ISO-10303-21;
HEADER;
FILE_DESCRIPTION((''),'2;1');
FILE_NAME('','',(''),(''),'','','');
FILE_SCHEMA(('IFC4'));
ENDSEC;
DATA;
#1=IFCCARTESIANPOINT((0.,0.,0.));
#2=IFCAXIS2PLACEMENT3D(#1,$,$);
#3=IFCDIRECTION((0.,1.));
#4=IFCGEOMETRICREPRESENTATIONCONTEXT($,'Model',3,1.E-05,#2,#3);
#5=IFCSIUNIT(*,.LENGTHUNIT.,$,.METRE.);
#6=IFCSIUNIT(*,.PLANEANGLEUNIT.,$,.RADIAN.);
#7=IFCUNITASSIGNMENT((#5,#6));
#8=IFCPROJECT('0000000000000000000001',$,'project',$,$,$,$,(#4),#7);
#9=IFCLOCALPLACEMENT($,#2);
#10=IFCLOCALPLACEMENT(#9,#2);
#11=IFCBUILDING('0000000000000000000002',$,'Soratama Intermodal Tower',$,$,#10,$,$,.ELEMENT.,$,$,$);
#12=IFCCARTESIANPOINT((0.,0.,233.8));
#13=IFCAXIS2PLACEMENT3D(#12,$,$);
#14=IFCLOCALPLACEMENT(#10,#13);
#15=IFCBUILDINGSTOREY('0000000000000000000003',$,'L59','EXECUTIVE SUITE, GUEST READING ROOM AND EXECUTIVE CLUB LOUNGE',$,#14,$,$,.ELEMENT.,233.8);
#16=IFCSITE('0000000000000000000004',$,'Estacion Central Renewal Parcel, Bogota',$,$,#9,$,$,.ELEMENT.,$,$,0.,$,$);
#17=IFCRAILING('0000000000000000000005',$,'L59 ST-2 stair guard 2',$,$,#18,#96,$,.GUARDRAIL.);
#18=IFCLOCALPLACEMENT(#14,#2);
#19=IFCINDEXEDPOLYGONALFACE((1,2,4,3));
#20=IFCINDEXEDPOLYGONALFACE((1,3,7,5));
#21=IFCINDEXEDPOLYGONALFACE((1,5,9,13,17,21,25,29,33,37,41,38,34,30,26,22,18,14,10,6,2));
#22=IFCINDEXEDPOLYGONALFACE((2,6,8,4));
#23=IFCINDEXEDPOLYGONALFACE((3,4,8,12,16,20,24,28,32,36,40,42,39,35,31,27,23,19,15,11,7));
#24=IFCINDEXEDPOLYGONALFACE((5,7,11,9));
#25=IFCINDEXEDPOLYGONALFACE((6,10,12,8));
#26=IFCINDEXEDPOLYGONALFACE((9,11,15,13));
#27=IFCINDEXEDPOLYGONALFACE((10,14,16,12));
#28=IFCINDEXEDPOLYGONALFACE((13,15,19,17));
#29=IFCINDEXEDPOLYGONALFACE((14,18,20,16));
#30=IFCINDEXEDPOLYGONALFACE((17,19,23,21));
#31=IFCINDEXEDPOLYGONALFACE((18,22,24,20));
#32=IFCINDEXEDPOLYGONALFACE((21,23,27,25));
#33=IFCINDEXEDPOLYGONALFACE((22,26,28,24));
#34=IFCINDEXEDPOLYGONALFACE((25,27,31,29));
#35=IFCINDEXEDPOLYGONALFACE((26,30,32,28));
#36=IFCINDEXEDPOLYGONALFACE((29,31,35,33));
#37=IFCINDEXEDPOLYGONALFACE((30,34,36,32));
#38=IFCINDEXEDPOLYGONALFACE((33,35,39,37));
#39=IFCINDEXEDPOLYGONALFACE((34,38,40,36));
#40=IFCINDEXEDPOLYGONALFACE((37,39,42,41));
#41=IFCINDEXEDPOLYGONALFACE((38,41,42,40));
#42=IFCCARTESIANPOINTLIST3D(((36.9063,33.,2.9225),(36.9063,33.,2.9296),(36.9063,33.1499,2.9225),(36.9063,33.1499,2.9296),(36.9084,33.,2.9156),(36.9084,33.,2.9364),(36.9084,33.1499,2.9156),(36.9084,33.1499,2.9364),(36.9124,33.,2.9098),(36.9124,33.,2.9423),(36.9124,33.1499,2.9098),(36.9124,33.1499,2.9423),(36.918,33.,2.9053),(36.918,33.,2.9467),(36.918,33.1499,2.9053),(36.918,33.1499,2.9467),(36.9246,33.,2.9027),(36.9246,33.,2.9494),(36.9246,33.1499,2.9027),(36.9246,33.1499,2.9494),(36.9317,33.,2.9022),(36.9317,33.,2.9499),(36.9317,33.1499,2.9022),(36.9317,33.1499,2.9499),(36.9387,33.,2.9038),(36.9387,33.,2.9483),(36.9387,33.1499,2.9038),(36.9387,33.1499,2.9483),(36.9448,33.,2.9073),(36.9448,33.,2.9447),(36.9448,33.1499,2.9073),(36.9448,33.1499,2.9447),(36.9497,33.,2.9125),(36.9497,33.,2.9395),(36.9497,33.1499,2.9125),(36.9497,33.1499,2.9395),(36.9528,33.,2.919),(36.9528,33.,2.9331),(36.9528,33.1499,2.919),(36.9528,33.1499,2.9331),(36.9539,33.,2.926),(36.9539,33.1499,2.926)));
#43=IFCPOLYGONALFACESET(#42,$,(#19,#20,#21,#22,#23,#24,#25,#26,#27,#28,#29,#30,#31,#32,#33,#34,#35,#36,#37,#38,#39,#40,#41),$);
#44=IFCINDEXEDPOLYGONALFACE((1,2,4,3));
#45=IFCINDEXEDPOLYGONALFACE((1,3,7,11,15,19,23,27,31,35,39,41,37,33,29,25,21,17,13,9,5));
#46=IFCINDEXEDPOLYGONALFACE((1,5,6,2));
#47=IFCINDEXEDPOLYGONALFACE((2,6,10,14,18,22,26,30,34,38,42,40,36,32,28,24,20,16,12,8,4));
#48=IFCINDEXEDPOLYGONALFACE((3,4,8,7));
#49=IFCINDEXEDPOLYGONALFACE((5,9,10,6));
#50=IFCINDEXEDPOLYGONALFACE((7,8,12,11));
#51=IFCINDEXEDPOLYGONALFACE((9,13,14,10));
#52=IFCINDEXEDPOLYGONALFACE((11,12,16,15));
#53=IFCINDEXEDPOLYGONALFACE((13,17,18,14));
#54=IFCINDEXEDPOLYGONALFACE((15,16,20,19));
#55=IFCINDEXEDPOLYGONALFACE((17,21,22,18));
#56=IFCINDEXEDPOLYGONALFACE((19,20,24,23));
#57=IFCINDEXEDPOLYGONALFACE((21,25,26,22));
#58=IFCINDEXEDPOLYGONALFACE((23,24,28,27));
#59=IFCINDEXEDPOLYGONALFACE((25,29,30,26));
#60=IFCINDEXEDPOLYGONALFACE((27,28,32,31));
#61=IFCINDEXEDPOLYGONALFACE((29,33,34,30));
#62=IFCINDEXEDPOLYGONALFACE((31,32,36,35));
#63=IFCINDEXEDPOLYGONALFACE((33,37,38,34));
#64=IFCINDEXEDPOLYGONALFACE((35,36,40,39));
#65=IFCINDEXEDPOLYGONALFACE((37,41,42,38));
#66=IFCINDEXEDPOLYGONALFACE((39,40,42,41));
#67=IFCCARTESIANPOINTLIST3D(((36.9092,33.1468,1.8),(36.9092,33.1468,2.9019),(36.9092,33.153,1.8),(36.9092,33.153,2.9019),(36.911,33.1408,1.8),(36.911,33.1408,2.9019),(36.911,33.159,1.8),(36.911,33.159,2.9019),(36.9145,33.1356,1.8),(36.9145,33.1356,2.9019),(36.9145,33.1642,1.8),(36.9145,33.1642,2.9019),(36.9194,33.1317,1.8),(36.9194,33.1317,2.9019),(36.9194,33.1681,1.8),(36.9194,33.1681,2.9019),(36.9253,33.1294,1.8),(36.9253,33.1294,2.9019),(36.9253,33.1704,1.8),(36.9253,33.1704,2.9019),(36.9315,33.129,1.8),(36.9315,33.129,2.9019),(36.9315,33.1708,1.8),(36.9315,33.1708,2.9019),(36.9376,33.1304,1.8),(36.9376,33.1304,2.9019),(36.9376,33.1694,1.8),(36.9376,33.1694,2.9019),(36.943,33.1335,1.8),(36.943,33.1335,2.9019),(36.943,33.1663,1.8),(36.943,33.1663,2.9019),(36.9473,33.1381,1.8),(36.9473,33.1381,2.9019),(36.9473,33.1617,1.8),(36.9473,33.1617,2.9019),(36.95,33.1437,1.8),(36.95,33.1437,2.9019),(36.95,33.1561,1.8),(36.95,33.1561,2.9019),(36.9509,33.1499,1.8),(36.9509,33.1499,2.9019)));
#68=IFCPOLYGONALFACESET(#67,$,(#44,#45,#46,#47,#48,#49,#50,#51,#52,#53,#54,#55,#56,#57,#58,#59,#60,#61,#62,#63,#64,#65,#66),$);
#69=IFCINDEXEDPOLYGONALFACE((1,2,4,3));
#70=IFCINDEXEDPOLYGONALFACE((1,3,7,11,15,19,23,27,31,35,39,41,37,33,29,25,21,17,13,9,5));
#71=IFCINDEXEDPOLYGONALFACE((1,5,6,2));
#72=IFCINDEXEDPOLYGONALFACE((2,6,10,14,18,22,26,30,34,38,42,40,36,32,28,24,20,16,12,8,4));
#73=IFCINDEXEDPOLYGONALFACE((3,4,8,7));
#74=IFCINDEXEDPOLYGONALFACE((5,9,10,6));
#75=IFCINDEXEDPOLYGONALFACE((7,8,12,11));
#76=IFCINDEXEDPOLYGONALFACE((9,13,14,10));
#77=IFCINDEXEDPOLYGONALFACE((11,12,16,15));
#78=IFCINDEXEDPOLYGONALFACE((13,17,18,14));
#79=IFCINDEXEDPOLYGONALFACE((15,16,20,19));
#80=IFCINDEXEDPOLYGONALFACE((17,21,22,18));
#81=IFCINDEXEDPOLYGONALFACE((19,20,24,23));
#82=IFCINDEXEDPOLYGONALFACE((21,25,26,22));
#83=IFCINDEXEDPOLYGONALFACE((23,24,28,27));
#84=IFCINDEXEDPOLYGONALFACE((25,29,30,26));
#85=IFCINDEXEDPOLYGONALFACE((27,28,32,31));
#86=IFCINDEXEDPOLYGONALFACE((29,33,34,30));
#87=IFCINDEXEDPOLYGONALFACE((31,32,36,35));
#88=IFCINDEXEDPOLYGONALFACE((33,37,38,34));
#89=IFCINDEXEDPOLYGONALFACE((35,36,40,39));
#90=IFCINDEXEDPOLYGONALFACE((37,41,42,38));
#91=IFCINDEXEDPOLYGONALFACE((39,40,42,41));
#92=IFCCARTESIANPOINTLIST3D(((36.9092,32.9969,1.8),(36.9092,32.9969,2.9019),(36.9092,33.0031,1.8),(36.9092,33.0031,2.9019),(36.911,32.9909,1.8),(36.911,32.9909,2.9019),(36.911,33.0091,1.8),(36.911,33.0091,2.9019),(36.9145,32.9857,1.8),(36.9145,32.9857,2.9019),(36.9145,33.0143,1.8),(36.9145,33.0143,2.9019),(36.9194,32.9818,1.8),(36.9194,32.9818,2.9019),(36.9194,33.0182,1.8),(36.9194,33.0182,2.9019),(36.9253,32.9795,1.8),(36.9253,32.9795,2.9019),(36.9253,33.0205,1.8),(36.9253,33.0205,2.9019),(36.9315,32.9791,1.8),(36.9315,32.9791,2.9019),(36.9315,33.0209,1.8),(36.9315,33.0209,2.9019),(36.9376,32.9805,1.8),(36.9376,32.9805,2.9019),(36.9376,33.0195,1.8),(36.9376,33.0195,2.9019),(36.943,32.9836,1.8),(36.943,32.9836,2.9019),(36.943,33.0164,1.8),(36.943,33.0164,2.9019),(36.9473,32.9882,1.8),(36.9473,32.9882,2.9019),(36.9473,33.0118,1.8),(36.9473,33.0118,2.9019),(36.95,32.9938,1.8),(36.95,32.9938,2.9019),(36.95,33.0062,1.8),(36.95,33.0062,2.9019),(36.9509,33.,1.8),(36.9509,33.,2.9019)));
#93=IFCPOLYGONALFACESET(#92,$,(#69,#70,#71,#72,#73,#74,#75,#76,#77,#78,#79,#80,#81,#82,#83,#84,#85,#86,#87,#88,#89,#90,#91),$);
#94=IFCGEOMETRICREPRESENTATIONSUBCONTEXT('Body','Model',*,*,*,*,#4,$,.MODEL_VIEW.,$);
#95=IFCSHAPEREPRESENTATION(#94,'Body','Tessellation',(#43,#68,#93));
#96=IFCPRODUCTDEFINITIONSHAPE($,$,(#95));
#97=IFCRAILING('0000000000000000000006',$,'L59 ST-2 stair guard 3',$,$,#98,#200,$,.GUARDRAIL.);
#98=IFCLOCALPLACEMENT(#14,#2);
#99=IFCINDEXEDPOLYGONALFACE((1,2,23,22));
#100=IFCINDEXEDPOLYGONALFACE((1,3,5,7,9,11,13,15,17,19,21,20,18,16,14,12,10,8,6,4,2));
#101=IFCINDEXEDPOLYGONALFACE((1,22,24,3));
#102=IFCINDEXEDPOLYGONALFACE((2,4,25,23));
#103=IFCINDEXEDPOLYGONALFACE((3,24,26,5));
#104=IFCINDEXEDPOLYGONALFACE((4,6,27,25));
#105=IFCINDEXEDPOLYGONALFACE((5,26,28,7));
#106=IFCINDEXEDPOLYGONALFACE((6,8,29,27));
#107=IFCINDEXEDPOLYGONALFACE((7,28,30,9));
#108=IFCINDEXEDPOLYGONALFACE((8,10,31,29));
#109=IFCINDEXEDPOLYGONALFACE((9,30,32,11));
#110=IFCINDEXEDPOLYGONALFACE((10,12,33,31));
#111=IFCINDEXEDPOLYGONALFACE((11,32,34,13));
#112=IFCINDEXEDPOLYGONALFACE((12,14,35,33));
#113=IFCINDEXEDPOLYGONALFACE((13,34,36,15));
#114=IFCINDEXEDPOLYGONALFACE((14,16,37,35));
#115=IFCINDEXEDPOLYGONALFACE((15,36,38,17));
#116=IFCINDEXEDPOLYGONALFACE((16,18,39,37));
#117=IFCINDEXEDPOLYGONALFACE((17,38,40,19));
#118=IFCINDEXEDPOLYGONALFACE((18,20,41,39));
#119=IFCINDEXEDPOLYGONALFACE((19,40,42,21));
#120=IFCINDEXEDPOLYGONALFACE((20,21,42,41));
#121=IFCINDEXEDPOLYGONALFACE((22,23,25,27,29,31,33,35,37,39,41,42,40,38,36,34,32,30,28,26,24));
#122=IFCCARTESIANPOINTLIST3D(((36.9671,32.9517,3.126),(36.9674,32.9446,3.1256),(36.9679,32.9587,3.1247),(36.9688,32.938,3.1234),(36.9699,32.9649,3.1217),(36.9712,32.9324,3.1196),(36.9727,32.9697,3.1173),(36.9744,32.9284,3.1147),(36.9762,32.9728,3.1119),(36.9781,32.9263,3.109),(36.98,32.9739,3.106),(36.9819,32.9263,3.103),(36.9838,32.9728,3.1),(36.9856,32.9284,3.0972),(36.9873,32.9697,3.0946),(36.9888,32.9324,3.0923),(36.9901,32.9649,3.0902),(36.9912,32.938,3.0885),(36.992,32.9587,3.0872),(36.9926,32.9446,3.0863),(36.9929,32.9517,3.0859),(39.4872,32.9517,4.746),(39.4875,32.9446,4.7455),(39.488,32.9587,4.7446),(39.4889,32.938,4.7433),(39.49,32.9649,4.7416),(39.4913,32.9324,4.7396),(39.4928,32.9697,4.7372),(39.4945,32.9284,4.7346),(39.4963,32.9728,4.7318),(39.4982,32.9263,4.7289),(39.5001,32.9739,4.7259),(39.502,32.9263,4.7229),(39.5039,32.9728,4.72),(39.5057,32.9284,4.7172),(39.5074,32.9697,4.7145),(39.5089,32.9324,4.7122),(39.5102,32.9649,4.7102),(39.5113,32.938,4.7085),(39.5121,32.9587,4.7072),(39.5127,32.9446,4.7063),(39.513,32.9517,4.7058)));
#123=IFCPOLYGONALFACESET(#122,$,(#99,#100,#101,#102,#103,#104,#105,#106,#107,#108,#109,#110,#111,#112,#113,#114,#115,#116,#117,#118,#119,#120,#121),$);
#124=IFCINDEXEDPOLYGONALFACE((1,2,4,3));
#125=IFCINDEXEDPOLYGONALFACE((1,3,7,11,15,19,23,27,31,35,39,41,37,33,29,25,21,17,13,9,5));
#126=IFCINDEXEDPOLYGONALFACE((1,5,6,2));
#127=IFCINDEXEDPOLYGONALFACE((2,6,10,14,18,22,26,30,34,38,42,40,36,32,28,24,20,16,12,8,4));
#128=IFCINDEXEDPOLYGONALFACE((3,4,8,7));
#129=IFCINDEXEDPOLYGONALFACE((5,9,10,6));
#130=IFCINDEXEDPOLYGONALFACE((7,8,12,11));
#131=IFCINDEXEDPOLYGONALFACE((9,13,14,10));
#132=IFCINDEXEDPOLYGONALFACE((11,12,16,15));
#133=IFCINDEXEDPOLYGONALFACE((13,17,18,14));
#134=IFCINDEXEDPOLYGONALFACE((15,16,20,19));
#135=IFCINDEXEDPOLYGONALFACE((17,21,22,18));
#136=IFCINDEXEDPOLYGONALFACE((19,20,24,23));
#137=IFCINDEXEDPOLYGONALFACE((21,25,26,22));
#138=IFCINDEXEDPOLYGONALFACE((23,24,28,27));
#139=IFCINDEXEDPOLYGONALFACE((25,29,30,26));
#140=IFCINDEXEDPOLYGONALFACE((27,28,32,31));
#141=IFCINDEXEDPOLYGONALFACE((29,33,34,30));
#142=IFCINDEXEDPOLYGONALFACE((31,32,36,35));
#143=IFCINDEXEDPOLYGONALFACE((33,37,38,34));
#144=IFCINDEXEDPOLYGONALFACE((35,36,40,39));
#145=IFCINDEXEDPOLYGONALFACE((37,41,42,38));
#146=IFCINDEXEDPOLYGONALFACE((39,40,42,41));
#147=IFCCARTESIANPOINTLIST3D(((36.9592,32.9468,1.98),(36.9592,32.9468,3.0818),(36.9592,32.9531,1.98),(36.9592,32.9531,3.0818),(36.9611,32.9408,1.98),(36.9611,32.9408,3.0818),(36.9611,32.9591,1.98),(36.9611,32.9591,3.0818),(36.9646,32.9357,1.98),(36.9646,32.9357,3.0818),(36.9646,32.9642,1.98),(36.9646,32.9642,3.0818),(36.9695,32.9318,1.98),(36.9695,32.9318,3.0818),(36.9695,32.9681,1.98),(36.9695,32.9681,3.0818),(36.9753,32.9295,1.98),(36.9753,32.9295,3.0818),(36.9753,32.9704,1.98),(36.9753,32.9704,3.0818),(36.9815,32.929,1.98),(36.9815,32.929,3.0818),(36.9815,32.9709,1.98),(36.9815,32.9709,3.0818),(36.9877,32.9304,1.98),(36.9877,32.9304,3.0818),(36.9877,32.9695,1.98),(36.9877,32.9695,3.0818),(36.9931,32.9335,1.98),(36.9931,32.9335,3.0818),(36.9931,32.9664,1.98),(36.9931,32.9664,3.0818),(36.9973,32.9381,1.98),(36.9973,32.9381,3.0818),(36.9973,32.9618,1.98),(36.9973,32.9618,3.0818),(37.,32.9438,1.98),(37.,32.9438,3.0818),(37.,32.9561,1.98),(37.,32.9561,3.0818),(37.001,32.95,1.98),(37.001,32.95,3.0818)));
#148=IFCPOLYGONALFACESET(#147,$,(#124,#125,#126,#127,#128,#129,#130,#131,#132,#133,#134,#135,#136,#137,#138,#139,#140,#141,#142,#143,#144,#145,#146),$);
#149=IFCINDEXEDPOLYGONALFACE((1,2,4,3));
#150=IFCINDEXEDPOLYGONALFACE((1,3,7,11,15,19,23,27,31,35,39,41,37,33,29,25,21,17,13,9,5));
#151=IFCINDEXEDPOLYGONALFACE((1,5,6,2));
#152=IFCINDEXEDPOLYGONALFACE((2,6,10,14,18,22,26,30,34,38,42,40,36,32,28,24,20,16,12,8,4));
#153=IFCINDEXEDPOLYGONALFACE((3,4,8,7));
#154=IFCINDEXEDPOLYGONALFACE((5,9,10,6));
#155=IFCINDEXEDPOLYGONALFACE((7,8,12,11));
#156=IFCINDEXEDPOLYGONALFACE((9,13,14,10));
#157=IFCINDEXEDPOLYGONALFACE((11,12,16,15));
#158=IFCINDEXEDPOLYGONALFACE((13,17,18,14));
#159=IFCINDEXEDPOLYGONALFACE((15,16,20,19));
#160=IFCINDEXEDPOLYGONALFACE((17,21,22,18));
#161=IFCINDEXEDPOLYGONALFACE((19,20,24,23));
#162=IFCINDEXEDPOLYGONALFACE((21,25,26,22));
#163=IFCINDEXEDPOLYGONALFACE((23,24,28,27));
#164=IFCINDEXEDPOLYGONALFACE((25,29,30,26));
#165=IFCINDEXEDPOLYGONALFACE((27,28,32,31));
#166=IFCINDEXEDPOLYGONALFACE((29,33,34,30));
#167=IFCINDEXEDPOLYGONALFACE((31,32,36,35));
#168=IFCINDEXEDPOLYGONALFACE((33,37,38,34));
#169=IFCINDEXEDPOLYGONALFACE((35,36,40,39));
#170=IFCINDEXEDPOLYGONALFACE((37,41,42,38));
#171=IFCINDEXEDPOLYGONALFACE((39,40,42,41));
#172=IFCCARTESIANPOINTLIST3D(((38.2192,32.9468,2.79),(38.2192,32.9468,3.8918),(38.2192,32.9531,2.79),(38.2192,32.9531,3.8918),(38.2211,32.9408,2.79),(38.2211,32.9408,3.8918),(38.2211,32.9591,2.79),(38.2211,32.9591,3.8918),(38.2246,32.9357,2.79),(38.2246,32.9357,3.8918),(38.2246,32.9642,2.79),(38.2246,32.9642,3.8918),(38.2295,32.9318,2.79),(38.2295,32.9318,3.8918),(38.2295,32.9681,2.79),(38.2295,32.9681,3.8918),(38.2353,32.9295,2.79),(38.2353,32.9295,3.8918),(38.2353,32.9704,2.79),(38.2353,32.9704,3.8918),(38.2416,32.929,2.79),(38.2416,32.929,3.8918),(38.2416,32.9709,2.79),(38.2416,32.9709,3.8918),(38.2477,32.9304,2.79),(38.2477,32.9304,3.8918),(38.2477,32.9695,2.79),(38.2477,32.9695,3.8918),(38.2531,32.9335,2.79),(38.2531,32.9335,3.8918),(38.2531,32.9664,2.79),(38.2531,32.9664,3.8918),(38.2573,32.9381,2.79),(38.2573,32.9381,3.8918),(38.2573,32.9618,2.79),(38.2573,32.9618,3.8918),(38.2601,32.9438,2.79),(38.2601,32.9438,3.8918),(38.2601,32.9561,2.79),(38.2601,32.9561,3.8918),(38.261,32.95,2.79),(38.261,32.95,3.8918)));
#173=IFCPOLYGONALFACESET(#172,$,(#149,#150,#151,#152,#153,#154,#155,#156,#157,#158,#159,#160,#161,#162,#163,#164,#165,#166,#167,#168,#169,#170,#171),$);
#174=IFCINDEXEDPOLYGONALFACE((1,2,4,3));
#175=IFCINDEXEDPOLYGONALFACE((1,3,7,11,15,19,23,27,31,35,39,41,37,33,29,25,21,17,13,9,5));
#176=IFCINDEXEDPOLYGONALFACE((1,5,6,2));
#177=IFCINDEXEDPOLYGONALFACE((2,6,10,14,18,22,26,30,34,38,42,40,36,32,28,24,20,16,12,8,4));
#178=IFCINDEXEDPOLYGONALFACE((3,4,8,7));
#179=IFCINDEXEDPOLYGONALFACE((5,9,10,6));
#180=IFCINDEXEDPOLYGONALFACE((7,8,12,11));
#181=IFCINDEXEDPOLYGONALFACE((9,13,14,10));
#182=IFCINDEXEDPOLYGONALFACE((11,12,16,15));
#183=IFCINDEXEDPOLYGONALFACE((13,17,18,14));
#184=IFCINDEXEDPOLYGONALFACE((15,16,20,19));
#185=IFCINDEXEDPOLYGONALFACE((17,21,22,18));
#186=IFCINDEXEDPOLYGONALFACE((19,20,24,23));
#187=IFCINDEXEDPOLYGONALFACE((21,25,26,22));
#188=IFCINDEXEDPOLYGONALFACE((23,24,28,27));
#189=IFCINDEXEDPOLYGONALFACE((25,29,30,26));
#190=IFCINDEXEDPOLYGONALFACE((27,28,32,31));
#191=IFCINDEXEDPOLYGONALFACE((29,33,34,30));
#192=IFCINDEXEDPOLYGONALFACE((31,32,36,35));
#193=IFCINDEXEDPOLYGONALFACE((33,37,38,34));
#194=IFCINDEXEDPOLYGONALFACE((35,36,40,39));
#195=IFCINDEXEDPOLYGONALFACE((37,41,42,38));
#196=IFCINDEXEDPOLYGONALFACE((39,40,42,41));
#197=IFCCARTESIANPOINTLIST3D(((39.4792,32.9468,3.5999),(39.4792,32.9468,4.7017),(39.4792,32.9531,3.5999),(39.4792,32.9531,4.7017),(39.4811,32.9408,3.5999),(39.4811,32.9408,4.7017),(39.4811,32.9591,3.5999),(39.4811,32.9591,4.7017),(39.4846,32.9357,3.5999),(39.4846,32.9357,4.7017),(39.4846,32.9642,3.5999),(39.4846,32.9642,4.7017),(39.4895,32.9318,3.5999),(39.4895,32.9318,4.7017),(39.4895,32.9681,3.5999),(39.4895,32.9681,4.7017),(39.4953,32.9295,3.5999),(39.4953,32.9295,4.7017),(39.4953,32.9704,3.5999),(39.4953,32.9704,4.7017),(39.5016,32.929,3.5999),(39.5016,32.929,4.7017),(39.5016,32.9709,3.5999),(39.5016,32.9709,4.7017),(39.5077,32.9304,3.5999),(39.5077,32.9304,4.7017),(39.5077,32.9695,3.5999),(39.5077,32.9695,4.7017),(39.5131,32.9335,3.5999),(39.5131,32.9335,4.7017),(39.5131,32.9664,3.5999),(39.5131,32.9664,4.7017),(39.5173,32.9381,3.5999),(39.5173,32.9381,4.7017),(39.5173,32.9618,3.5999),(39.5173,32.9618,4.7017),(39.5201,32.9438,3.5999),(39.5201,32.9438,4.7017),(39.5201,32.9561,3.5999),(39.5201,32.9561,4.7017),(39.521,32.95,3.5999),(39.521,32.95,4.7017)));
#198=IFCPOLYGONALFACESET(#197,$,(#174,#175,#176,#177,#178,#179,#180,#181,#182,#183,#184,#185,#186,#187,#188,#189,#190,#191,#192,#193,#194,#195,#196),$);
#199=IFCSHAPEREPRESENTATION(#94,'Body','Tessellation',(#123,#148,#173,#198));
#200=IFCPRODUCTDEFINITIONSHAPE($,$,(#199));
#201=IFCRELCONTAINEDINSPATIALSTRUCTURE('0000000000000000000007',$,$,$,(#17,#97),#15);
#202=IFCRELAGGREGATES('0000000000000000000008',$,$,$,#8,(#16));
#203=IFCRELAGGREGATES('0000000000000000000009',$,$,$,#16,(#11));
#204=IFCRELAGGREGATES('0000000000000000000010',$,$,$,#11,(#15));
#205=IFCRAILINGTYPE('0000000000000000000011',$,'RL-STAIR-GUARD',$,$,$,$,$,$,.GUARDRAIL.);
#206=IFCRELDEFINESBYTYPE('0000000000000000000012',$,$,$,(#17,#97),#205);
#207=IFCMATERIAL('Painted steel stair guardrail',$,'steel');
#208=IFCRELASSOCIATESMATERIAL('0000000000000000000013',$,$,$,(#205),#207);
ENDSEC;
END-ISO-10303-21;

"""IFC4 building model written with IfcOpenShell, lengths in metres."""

from ifc_helpers import new_model, si_unit, direction, frame, origin, origin_2d, place, context, subcontext, project, spatial, circle, extrude, material, type_object, element, save


model = new_model("IFC4")

# Units and contexts
model_context = context("Model", 3, precision=1e-05, world=origin(), true_north=direction((0.0, 1.0)))
body_context = subcontext(model_context, "Body", "Model", "MODEL_VIEW")
ifc_project = project(units=[si_unit("LENGTHUNIT", "METRE"), si_unit("PLANEANGLEUNIT", "RADIAN")], contexts=[model_context])

# Site, building, storey
site_placement = place(None, origin())
site = spatial("IfcSite", under=ifc_project, at=site_placement, Name="Estacion Central Renewal Parcel, Bogota", CompositionType="ELEMENT", RefElevation=0.0)
building_placement = place(site_placement, origin())
building = spatial("IfcBuilding", under=site, at=building_placement, Name="Soratama Intermodal Tower", CompositionType="ELEMENT")
storey_placement = place(building_placement, frame((0.0, 0.0, 233.8)))
storey = spatial("IfcBuildingStorey", under=building, at=storey_placement, Name="L59", Description="EXECUTIVE SUITE, GUEST READING ROOM AND EXECUTIVE CLUB LOUNGE", CompositionType="ELEMENT", Elevation=233.8)

# Railings
ifc_material_1 = material(Name="Painted steel stair guardrail", Category="steel")
railing_type_1 = type_object("IfcRailingType", Name="RL-STAIR-GUARD", PredefinedType="GUARDRAIL", material=ifc_material_1)
railing_1_placement = place(storey_placement, frame((36.9299, 33.1499, 1.8)))
element("IfcRailing", 1, at=railing_1_placement, inside=storey, type_object=railing_type_1, Name="L59 ST-2 stair guard 2", PredefinedType="GUARDRAIL", context=body_context, shape_type="SweptSolid", body=[
    extrude(circle(Radius=0.0239, at=origin_2d()), frame((0.0, 0.0, 1.126), z_axis=(0.0, -1.0, 0.0), x_axis=(1.0, 0.0, 0.0)), (0.0, 0.0, 1.0), 0.1499),
    extrude(circle(Radius=0.021, at=origin_2d()), origin(), (0.0, 0.0, 1.0), 1.1018),
    extrude(circle(Radius=0.021, at=origin_2d()), frame((0.0, -0.1499, 0.0)), (0.0, 0.0, 1.0), 1.1018),
])
railing_2_placement = place(storey_placement, frame((36.98, 32.95, 1.98)))
element("IfcRailing", 2, at=railing_2_placement, inside=storey, type_object=railing_type_1, Name="L59 ST-2 stair guard 3", PredefinedType="GUARDRAIL", context=body_context, shape_type="SweptSolid", body=[
    extrude(circle(Radius=0.0239, at=origin_2d()), frame((0.0, 0.0, 1.126), z_axis=(0.8412, 0.0, 0.540725), x_axis=(0.0, 1.0, 0.0)), (0.0, 0.0, 1.0), 2.9958),
    extrude(circle(Radius=0.021, at=origin_2d()), origin(), (0.0, 0.0, 1.0), 1.1018),
    extrude(circle(Radius=0.021, at=origin_2d()), frame((1.26, 0.0, 0.8101)), (0.0, 0.0, 1.0), 1.1018),
    extrude(circle(Radius=0.021, at=origin_2d()), frame((2.52, 0.0, 1.6199)), (0.0, 0.0, 1.0), 1.1018),
])

save(model, "model.ifc")
